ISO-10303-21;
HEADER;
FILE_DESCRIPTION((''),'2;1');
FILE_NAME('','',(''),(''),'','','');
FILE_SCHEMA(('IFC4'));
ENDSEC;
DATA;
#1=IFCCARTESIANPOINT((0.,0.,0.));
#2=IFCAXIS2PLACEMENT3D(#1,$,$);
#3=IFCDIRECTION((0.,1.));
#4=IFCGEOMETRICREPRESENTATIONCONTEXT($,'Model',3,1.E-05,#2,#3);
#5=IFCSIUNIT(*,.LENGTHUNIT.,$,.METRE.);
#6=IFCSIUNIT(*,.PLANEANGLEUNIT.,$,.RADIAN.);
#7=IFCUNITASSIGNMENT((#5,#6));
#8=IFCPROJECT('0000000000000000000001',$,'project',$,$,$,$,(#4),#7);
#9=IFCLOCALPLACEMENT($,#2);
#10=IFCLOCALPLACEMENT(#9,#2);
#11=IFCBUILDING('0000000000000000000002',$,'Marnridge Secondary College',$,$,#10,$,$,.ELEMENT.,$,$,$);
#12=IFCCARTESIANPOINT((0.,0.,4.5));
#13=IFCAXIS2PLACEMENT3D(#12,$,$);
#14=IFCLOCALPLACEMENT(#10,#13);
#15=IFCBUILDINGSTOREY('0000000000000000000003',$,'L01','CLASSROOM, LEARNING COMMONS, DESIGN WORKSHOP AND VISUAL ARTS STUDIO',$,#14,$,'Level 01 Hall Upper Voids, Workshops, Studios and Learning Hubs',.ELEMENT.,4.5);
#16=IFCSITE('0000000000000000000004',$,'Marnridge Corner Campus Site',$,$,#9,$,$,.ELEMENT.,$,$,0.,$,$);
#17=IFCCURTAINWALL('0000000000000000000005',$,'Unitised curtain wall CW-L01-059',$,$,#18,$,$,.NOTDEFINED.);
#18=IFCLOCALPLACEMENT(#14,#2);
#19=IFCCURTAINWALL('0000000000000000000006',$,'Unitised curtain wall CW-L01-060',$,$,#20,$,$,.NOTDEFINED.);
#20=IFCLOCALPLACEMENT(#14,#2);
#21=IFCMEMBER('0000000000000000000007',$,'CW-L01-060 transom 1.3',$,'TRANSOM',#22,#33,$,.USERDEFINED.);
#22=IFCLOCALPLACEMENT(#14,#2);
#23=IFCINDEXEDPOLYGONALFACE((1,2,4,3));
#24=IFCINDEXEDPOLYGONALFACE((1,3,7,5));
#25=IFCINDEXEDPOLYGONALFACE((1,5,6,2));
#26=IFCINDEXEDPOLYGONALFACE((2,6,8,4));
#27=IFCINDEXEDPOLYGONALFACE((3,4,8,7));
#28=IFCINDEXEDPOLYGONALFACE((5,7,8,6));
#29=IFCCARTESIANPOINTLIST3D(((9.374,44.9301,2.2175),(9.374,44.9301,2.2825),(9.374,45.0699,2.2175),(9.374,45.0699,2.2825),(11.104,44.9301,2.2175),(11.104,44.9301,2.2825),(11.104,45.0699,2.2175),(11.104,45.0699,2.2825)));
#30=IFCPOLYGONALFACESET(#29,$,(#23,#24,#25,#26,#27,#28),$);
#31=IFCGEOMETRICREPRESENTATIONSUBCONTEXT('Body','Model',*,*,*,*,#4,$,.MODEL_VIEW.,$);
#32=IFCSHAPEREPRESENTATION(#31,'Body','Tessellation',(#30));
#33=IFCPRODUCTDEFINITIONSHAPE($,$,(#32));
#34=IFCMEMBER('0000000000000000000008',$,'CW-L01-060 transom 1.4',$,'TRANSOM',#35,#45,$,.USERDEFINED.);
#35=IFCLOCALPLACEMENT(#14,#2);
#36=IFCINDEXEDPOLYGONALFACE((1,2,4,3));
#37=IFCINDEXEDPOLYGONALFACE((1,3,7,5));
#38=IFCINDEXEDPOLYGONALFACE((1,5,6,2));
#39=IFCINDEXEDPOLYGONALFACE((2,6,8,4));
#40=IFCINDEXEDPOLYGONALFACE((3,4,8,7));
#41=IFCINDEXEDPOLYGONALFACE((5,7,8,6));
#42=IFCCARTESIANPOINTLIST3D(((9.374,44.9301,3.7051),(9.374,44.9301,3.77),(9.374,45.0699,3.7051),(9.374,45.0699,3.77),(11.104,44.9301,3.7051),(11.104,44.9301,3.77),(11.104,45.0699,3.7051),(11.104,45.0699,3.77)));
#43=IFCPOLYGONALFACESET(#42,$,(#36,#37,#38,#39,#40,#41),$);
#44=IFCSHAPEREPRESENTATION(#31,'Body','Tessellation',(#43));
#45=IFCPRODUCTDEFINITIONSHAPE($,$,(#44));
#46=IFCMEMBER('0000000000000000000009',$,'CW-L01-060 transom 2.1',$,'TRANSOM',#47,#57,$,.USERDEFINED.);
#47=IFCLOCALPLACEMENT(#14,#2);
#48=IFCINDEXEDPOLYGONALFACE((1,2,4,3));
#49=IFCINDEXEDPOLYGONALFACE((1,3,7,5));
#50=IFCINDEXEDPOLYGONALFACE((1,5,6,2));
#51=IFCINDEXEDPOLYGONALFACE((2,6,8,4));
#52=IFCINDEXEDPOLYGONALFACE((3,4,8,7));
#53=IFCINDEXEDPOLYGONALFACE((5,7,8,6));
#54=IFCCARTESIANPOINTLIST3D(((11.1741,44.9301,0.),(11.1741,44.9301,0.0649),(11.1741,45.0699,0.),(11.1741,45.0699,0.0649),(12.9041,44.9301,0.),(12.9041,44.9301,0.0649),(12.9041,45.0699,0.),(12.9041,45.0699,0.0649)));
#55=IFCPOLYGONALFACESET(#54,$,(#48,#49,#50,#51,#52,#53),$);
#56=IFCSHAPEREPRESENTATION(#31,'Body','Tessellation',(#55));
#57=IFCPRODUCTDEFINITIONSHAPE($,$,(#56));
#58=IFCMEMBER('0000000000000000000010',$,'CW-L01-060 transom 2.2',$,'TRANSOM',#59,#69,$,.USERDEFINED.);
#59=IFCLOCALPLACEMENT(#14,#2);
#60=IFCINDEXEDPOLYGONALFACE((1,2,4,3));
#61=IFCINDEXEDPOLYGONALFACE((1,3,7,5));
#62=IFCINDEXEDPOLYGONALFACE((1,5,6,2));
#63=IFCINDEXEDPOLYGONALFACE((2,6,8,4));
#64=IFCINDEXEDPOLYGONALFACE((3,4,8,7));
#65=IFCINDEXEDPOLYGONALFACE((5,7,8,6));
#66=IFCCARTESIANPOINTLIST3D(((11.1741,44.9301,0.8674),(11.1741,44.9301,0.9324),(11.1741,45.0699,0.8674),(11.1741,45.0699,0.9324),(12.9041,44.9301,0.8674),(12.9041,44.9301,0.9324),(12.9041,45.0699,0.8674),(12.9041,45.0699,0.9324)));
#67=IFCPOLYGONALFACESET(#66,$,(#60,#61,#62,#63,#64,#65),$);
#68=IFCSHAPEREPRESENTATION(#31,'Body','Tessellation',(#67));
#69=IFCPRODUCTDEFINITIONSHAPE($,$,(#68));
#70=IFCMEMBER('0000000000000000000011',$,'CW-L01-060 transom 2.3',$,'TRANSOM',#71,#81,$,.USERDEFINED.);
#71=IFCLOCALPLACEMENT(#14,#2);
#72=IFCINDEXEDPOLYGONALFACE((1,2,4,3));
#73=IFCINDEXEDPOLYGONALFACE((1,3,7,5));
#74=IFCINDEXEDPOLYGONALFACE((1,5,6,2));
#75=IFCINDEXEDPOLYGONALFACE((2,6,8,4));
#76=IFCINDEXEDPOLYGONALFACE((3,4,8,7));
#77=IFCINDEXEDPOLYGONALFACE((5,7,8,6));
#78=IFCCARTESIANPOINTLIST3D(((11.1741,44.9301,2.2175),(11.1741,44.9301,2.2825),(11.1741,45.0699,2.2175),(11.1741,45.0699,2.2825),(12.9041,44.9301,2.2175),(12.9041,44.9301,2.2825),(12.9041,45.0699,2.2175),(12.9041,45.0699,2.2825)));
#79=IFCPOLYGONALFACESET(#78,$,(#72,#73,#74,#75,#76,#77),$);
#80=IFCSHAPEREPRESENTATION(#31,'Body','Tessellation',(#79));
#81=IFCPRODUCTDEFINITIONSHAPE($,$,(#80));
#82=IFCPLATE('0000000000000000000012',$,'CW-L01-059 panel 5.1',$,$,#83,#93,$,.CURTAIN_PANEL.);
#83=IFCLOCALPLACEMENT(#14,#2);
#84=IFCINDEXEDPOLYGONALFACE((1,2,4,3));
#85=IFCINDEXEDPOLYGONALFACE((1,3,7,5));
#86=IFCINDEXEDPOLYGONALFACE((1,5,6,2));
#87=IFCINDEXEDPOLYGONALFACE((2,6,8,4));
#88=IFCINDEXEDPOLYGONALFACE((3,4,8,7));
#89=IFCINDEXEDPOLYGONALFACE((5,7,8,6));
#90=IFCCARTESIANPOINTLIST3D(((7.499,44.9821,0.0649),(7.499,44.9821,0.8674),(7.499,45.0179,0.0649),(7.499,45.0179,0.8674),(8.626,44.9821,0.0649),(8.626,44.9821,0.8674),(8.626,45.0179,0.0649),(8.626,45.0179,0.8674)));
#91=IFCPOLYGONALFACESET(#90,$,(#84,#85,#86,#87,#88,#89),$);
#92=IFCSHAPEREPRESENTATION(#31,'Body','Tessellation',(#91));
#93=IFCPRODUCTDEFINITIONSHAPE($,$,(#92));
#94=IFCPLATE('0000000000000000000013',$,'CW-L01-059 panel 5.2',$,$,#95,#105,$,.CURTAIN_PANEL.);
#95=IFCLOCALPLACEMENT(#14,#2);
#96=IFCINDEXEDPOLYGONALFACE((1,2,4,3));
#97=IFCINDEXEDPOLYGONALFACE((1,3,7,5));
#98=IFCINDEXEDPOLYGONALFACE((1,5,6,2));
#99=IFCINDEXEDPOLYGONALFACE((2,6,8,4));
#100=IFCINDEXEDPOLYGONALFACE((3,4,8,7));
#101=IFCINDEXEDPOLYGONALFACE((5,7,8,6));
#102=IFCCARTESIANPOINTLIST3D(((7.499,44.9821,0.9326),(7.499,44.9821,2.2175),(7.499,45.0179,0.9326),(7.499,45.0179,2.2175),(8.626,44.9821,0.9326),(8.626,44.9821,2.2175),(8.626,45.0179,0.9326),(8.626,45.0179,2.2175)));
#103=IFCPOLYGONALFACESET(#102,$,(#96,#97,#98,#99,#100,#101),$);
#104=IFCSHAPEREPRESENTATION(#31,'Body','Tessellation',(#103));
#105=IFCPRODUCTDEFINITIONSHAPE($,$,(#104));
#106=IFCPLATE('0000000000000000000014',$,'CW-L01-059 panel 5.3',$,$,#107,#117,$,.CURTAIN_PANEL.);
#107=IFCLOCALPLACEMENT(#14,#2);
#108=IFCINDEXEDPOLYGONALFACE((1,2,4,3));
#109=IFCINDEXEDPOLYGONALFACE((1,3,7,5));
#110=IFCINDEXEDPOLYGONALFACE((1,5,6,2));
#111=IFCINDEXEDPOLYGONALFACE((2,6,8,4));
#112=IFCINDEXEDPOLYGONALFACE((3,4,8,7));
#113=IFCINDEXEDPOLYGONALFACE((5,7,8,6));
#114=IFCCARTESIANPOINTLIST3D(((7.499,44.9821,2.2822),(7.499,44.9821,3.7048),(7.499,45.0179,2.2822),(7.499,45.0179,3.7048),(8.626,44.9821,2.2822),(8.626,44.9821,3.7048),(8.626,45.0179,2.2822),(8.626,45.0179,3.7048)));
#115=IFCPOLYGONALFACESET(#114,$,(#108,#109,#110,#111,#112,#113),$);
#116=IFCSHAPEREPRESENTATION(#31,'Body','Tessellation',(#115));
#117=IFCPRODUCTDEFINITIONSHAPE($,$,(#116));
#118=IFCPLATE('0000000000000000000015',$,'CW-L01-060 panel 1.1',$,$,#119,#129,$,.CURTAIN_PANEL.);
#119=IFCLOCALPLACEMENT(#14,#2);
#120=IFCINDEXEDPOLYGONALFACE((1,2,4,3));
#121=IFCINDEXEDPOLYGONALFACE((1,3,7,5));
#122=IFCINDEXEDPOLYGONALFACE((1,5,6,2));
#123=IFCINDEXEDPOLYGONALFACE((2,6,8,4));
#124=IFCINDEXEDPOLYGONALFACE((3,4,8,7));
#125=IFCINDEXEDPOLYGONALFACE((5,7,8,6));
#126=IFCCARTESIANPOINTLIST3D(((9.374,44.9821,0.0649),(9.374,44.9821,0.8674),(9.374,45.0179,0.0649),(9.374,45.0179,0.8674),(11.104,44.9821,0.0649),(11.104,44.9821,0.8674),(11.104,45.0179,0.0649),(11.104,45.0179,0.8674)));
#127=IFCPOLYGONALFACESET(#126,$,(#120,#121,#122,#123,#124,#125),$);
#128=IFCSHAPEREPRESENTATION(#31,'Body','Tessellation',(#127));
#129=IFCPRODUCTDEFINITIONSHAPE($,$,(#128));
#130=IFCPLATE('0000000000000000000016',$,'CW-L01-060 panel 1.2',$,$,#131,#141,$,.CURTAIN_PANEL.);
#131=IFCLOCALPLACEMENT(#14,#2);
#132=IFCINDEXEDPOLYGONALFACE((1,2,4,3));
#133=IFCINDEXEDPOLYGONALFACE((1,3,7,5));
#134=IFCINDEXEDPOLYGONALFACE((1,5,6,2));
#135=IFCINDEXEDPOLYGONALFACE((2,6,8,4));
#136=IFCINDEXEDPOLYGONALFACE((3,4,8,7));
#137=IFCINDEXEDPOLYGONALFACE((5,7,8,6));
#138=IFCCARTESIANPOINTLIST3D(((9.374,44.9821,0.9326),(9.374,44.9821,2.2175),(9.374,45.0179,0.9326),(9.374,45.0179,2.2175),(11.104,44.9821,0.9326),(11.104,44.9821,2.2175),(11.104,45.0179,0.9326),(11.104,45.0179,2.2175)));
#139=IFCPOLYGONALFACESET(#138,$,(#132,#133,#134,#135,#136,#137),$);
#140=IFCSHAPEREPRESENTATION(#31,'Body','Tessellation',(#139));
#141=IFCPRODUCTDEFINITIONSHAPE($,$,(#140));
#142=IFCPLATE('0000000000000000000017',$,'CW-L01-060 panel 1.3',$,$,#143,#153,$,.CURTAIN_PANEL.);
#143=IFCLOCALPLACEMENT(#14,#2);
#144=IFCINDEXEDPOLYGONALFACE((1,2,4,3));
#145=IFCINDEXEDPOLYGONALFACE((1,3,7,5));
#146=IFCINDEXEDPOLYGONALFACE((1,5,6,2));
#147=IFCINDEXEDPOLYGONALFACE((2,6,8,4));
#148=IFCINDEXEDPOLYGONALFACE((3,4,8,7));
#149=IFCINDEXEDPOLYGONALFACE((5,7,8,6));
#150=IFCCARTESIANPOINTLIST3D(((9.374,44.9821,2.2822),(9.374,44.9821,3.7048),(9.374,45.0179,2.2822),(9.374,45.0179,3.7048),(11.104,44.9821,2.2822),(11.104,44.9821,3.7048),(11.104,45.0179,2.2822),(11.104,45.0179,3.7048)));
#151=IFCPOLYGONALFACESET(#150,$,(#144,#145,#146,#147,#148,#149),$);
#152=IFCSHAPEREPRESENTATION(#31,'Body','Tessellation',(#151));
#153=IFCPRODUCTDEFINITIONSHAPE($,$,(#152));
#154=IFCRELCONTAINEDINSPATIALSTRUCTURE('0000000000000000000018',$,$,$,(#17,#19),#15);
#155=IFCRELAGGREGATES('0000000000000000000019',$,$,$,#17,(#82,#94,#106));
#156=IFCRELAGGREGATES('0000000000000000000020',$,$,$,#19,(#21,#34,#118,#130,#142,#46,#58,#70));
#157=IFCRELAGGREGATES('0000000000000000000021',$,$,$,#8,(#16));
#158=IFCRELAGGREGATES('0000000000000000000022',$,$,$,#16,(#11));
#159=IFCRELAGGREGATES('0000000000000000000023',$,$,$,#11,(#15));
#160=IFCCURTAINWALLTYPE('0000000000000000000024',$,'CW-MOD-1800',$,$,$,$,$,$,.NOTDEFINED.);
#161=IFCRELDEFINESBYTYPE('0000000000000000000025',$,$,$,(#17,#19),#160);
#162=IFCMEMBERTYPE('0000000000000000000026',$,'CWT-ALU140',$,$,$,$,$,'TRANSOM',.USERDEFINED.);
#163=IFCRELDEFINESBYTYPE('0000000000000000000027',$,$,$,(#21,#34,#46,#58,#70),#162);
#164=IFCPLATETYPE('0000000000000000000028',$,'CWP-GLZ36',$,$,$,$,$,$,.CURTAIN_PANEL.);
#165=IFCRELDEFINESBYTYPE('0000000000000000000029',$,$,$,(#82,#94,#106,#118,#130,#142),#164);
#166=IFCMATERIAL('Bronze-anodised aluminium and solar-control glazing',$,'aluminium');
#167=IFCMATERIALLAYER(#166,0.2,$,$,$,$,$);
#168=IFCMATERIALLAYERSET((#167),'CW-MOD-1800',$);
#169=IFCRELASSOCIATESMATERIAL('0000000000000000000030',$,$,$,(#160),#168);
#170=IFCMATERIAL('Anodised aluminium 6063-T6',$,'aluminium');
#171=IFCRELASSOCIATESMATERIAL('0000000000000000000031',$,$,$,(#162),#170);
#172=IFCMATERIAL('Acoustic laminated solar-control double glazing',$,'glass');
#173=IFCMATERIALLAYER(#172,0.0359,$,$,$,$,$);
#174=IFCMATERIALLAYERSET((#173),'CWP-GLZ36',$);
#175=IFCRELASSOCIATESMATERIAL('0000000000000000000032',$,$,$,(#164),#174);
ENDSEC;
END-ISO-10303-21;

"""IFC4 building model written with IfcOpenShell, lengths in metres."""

from ifc_helpers import new_model, si_unit, direction, frame, origin, origin_2d, place, context, subcontext, project, spatial, rectangle, extrude, material, layer, layer_set, material_profile, profile_set, type_object, element, aggregate, save


model = new_model("IFC4")

# Units and contexts
model_context = context("Model", 3, precision=1e-05, world=origin(), true_north=direction((0.0, 1.0)))
body_context = subcontext(model_context, "Body", "Model", "MODEL_VIEW")
ifc_project = project(units=[si_unit("LENGTHUNIT", "METRE"), si_unit("PLANEANGLEUNIT", "RADIAN")], contexts=[model_context])

# Site, building, storey
site_placement = place(None, origin())
site = spatial("IfcSite", under=ifc_project, at=site_placement, Name="Marnridge Corner Campus Site", CompositionType="ELEMENT", RefElevation=0.0)
building_placement = place(site_placement, origin())
building = spatial("IfcBuilding", under=site, at=building_placement, Name="Marnridge Secondary College", CompositionType="ELEMENT")
storey_placement = place(building_placement, frame((0.0, 0.0, 4.5)))
storey = spatial("IfcBuildingStorey", under=building, at=storey_placement, Name="L01", Description="CLASSROOM, LEARNING COMMONS, DESIGN WORKSHOP AND VISUAL ARTS STUDIO", LongName="Level 01 Hall Upper Voids, Workshops, Studios and Learning Hubs", CompositionType="ELEMENT", Elevation=4.5)

# Curtain wall
ifc_material_1 = material(Name="Bronze-anodised aluminium and solar-control glazing", Category="aluminium")
ifc_layer_1 = layer(ifc_material_1, 0.2)
ifc_layer_set_1 = layer_set([ifc_layer_1], Name="CW-MOD-1800")
curtain_wall_type = type_object("IfcCurtainWallType", Name="CW-MOD-1800", PredefinedType="NOTDEFINED", material=ifc_layer_set_1)
curtain_wall_1_placement = place(storey_placement, origin())
curtain_wall_1 = element("IfcCurtainWall", 1, at=curtain_wall_1_placement, inside=storey, type_object=curtain_wall_type, Name="Unitised curtain wall CW-L01-059", PredefinedType="NOTDEFINED")

# Curtain wall
curtain_wall_2_placement = place(storey_placement, origin())
curtain_wall_2 = element("IfcCurtainWall", 2, at=curtain_wall_2_placement, inside=storey, type_object=curtain_wall_type, Name="Unitised curtain wall CW-L01-060", PredefinedType="NOTDEFINED")

# Members
ifc_material_2 = material(Name="Anodised aluminium 6063-T6", Category="aluminium")
ifc_material_profile_1 = material_profile(ifc_material_2, rectangle(XDim=0.0649, YDim=0.1399, at=origin_2d()), Name="ALU 65x140")
ifc_profile_set_1 = profile_set([ifc_material_profile_1], Name="Anodised aluminium 6063-T6")
member_type_1 = type_object("IfcMemberType", Name="CWT-ALU140", ElementType="TRANSOM", PredefinedType="USERDEFINED", material=ifc_profile_set_1)
member_1_placement = place(storey_placement, frame((9.374, 45.0, 2.25), z_axis=(1.0, 0.0, 0.0), x_axis=(0.0, 0.0, 1.0)))
member_1 = element("IfcMember", 3, at=member_1_placement, type_object=member_type_1, Name="CW-L01-060 transom 1.3", ObjectType="TRANSOM", PredefinedType="USERDEFINED", context=body_context, shape_type="SweptSolid", body=[
    extrude(rectangle(XDim=0.0649, YDim=0.1399, at=origin_2d()), origin(), (0.0, 0.0, 1.0), 1.73),
])
member_2_placement = place(storey_placement, frame((9.374, 45.0, 3.7375), z_axis=(1.0, 0.0, 0.0), x_axis=(0.0, 0.0, 1.0)))
member_2 = element("IfcMember", 4, at=member_2_placement, type_object=member_type_1, Name="CW-L01-060 transom 1.4", ObjectType="TRANSOM", PredefinedType="USERDEFINED", context=body_context, shape_type="SweptSolid", body=[
    extrude(rectangle(XDim=0.0649, YDim=0.1399, at=origin_2d()), origin(), (0.0, 0.0, 1.0), 1.73),
])
member_3_placement = place(storey_placement, frame((11.1741, 45.0, 0.0325), z_axis=(1.0, 0.0, 0.0), x_axis=(0.0, 0.0, 1.0)))
member_3 = element("IfcMember", 5, at=member_3_placement, type_object=member_type_1, Name="CW-L01-060 transom 2.1", ObjectType="TRANSOM", PredefinedType="USERDEFINED", context=body_context, shape_type="SweptSolid", body=[
    extrude(rectangle(XDim=0.0649, YDim=0.1399, at=origin_2d()), origin(), (0.0, 0.0, 1.0), 1.73),
])
member_4_placement = place(storey_placement, frame((11.1741, 45.0, 0.8999), z_axis=(1.0, 0.0, 0.0), x_axis=(0.0, 0.0, 1.0)))
member_4 = element("IfcMember", 6, at=member_4_placement, type_object=member_type_1, Name="CW-L01-060 transom 2.2", ObjectType="TRANSOM", PredefinedType="USERDEFINED", context=body_context, shape_type="SweptSolid", body=[
    extrude(rectangle(XDim=0.0649, YDim=0.1399, at=origin_2d()), origin(), (0.0, 0.0, 1.0), 1.73),
])
member_5_placement = place(storey_placement, frame((11.1741, 45.0, 2.25), z_axis=(1.0, 0.0, 0.0), x_axis=(0.0, 0.0, 1.0)))
member_5 = element("IfcMember", 7, at=member_5_placement, type_object=member_type_1, Name="CW-L01-060 transom 2.3", ObjectType="TRANSOM", PredefinedType="USERDEFINED", context=body_context, shape_type="SweptSolid", body=[
    extrude(rectangle(XDim=0.0649, YDim=0.1399, at=origin_2d()), origin(), (0.0, 0.0, 1.0), 1.73),
])

# Plates
ifc_material_3 = material(Name="Acoustic laminated solar-control double glazing", Category="glass")
ifc_layer_2 = layer(ifc_material_3, 0.0359)
ifc_layer_set_2 = layer_set([ifc_layer_2], Name="CWP-GLZ36")
plate_type = type_object("IfcPlateType", Name="CWP-GLZ36", PredefinedType="CURTAIN_PANEL", material=ifc_layer_set_2)
plate_1_placement = place(storey_placement, frame((8.0625, 45.0, 0.0649), z_axis=(0.0, 0.0, 1.0), x_axis=(1.0, 0.0, 0.0)))
plate_1 = element("IfcPlate", 8, at=plate_1_placement, type_object=plate_type, Name="CW-L01-059 panel 5.1", PredefinedType="CURTAIN_PANEL", context=body_context, shape_type="SweptSolid", body=[
    extrude(rectangle(XDim=1.127, YDim=0.0359, at=origin_2d()), origin(), (0.0, 0.0, 1.0), 0.8025),
])
plate_2_placement = place(storey_placement, frame((8.0625, 45.0, 0.9326), z_axis=(0.0, 0.0, 1.0), x_axis=(1.0, 0.0, 0.0)))
plate_2 = element("IfcPlate", 9, at=plate_2_placement, type_object=plate_type, Name="CW-L01-059 panel 5.2", PredefinedType="CURTAIN_PANEL", context=body_context, shape_type="SweptSolid", body=[
    extrude(rectangle(XDim=1.127, YDim=0.0359, at=origin_2d()), origin(), (0.0, 0.0, 1.0), 1.2849),
])
plate_3_placement = place(storey_placement, frame((8.0625, 45.0, 2.2822), z_axis=(0.0, 0.0, 1.0), x_axis=(1.0, 0.0, 0.0)))
plate_3 = element("IfcPlate", 10, at=plate_3_placement, type_object=plate_type, Name="CW-L01-059 panel 5.3", PredefinedType="CURTAIN_PANEL", context=body_context, shape_type="SweptSolid", body=[
    extrude(rectangle(XDim=1.127, YDim=0.0359, at=origin_2d()), origin(), (0.0, 0.0, 1.0), 1.4226),
])
aggregate(curtain_wall_1, [plate_1, plate_2, plate_3])
plate_4_placement = place(storey_placement, frame((10.239, 45.0, 0.0649), z_axis=(0.0, 0.0, 1.0), x_axis=(1.0, 0.0, 0.0)))
plate_4 = element("IfcPlate", 11, at=plate_4_placement, type_object=plate_type, Name="CW-L01-060 panel 1.1", PredefinedType="CURTAIN_PANEL", context=body_context, shape_type="SweptSolid", body=[
    extrude(rectangle(XDim=1.73, YDim=0.0359, at=origin_2d()), origin(), (0.0, 0.0, 1.0), 0.8025),
])
plate_5_placement = place(storey_placement, frame((10.239, 45.0, 0.9326), z_axis=(0.0, 0.0, 1.0), x_axis=(1.0, 0.0, 0.0)))
plate_5 = element("IfcPlate", 12, at=plate_5_placement, type_object=plate_type, Name="CW-L01-060 panel 1.2", PredefinedType="CURTAIN_PANEL", context=body_context, shape_type="SweptSolid", body=[
    extrude(rectangle(XDim=1.73, YDim=0.0359, at=origin_2d()), origin(), (0.0, 0.0, 1.0), 1.2849),
])
plate_6_placement = place(storey_placement, frame((10.239, 45.0, 2.2822), z_axis=(0.0, 0.0, 1.0), x_axis=(1.0, 0.0, 0.0)))
plate_6 = element("IfcPlate", 13, at=plate_6_placement, type_object=plate_type, Name="CW-L01-060 panel 1.3", PredefinedType="CURTAIN_PANEL", context=body_context, shape_type="SweptSolid", body=[
    extrude(rectangle(XDim=1.73, YDim=0.0359, at=origin_2d()), origin(), (0.0, 0.0, 1.0), 1.4226),
])
aggregate(curtain_wall_2, [member_1, member_2, plate_4, plate_5, plate_6, member_3, member_4, member_5])

save(model, "model.ifc")
